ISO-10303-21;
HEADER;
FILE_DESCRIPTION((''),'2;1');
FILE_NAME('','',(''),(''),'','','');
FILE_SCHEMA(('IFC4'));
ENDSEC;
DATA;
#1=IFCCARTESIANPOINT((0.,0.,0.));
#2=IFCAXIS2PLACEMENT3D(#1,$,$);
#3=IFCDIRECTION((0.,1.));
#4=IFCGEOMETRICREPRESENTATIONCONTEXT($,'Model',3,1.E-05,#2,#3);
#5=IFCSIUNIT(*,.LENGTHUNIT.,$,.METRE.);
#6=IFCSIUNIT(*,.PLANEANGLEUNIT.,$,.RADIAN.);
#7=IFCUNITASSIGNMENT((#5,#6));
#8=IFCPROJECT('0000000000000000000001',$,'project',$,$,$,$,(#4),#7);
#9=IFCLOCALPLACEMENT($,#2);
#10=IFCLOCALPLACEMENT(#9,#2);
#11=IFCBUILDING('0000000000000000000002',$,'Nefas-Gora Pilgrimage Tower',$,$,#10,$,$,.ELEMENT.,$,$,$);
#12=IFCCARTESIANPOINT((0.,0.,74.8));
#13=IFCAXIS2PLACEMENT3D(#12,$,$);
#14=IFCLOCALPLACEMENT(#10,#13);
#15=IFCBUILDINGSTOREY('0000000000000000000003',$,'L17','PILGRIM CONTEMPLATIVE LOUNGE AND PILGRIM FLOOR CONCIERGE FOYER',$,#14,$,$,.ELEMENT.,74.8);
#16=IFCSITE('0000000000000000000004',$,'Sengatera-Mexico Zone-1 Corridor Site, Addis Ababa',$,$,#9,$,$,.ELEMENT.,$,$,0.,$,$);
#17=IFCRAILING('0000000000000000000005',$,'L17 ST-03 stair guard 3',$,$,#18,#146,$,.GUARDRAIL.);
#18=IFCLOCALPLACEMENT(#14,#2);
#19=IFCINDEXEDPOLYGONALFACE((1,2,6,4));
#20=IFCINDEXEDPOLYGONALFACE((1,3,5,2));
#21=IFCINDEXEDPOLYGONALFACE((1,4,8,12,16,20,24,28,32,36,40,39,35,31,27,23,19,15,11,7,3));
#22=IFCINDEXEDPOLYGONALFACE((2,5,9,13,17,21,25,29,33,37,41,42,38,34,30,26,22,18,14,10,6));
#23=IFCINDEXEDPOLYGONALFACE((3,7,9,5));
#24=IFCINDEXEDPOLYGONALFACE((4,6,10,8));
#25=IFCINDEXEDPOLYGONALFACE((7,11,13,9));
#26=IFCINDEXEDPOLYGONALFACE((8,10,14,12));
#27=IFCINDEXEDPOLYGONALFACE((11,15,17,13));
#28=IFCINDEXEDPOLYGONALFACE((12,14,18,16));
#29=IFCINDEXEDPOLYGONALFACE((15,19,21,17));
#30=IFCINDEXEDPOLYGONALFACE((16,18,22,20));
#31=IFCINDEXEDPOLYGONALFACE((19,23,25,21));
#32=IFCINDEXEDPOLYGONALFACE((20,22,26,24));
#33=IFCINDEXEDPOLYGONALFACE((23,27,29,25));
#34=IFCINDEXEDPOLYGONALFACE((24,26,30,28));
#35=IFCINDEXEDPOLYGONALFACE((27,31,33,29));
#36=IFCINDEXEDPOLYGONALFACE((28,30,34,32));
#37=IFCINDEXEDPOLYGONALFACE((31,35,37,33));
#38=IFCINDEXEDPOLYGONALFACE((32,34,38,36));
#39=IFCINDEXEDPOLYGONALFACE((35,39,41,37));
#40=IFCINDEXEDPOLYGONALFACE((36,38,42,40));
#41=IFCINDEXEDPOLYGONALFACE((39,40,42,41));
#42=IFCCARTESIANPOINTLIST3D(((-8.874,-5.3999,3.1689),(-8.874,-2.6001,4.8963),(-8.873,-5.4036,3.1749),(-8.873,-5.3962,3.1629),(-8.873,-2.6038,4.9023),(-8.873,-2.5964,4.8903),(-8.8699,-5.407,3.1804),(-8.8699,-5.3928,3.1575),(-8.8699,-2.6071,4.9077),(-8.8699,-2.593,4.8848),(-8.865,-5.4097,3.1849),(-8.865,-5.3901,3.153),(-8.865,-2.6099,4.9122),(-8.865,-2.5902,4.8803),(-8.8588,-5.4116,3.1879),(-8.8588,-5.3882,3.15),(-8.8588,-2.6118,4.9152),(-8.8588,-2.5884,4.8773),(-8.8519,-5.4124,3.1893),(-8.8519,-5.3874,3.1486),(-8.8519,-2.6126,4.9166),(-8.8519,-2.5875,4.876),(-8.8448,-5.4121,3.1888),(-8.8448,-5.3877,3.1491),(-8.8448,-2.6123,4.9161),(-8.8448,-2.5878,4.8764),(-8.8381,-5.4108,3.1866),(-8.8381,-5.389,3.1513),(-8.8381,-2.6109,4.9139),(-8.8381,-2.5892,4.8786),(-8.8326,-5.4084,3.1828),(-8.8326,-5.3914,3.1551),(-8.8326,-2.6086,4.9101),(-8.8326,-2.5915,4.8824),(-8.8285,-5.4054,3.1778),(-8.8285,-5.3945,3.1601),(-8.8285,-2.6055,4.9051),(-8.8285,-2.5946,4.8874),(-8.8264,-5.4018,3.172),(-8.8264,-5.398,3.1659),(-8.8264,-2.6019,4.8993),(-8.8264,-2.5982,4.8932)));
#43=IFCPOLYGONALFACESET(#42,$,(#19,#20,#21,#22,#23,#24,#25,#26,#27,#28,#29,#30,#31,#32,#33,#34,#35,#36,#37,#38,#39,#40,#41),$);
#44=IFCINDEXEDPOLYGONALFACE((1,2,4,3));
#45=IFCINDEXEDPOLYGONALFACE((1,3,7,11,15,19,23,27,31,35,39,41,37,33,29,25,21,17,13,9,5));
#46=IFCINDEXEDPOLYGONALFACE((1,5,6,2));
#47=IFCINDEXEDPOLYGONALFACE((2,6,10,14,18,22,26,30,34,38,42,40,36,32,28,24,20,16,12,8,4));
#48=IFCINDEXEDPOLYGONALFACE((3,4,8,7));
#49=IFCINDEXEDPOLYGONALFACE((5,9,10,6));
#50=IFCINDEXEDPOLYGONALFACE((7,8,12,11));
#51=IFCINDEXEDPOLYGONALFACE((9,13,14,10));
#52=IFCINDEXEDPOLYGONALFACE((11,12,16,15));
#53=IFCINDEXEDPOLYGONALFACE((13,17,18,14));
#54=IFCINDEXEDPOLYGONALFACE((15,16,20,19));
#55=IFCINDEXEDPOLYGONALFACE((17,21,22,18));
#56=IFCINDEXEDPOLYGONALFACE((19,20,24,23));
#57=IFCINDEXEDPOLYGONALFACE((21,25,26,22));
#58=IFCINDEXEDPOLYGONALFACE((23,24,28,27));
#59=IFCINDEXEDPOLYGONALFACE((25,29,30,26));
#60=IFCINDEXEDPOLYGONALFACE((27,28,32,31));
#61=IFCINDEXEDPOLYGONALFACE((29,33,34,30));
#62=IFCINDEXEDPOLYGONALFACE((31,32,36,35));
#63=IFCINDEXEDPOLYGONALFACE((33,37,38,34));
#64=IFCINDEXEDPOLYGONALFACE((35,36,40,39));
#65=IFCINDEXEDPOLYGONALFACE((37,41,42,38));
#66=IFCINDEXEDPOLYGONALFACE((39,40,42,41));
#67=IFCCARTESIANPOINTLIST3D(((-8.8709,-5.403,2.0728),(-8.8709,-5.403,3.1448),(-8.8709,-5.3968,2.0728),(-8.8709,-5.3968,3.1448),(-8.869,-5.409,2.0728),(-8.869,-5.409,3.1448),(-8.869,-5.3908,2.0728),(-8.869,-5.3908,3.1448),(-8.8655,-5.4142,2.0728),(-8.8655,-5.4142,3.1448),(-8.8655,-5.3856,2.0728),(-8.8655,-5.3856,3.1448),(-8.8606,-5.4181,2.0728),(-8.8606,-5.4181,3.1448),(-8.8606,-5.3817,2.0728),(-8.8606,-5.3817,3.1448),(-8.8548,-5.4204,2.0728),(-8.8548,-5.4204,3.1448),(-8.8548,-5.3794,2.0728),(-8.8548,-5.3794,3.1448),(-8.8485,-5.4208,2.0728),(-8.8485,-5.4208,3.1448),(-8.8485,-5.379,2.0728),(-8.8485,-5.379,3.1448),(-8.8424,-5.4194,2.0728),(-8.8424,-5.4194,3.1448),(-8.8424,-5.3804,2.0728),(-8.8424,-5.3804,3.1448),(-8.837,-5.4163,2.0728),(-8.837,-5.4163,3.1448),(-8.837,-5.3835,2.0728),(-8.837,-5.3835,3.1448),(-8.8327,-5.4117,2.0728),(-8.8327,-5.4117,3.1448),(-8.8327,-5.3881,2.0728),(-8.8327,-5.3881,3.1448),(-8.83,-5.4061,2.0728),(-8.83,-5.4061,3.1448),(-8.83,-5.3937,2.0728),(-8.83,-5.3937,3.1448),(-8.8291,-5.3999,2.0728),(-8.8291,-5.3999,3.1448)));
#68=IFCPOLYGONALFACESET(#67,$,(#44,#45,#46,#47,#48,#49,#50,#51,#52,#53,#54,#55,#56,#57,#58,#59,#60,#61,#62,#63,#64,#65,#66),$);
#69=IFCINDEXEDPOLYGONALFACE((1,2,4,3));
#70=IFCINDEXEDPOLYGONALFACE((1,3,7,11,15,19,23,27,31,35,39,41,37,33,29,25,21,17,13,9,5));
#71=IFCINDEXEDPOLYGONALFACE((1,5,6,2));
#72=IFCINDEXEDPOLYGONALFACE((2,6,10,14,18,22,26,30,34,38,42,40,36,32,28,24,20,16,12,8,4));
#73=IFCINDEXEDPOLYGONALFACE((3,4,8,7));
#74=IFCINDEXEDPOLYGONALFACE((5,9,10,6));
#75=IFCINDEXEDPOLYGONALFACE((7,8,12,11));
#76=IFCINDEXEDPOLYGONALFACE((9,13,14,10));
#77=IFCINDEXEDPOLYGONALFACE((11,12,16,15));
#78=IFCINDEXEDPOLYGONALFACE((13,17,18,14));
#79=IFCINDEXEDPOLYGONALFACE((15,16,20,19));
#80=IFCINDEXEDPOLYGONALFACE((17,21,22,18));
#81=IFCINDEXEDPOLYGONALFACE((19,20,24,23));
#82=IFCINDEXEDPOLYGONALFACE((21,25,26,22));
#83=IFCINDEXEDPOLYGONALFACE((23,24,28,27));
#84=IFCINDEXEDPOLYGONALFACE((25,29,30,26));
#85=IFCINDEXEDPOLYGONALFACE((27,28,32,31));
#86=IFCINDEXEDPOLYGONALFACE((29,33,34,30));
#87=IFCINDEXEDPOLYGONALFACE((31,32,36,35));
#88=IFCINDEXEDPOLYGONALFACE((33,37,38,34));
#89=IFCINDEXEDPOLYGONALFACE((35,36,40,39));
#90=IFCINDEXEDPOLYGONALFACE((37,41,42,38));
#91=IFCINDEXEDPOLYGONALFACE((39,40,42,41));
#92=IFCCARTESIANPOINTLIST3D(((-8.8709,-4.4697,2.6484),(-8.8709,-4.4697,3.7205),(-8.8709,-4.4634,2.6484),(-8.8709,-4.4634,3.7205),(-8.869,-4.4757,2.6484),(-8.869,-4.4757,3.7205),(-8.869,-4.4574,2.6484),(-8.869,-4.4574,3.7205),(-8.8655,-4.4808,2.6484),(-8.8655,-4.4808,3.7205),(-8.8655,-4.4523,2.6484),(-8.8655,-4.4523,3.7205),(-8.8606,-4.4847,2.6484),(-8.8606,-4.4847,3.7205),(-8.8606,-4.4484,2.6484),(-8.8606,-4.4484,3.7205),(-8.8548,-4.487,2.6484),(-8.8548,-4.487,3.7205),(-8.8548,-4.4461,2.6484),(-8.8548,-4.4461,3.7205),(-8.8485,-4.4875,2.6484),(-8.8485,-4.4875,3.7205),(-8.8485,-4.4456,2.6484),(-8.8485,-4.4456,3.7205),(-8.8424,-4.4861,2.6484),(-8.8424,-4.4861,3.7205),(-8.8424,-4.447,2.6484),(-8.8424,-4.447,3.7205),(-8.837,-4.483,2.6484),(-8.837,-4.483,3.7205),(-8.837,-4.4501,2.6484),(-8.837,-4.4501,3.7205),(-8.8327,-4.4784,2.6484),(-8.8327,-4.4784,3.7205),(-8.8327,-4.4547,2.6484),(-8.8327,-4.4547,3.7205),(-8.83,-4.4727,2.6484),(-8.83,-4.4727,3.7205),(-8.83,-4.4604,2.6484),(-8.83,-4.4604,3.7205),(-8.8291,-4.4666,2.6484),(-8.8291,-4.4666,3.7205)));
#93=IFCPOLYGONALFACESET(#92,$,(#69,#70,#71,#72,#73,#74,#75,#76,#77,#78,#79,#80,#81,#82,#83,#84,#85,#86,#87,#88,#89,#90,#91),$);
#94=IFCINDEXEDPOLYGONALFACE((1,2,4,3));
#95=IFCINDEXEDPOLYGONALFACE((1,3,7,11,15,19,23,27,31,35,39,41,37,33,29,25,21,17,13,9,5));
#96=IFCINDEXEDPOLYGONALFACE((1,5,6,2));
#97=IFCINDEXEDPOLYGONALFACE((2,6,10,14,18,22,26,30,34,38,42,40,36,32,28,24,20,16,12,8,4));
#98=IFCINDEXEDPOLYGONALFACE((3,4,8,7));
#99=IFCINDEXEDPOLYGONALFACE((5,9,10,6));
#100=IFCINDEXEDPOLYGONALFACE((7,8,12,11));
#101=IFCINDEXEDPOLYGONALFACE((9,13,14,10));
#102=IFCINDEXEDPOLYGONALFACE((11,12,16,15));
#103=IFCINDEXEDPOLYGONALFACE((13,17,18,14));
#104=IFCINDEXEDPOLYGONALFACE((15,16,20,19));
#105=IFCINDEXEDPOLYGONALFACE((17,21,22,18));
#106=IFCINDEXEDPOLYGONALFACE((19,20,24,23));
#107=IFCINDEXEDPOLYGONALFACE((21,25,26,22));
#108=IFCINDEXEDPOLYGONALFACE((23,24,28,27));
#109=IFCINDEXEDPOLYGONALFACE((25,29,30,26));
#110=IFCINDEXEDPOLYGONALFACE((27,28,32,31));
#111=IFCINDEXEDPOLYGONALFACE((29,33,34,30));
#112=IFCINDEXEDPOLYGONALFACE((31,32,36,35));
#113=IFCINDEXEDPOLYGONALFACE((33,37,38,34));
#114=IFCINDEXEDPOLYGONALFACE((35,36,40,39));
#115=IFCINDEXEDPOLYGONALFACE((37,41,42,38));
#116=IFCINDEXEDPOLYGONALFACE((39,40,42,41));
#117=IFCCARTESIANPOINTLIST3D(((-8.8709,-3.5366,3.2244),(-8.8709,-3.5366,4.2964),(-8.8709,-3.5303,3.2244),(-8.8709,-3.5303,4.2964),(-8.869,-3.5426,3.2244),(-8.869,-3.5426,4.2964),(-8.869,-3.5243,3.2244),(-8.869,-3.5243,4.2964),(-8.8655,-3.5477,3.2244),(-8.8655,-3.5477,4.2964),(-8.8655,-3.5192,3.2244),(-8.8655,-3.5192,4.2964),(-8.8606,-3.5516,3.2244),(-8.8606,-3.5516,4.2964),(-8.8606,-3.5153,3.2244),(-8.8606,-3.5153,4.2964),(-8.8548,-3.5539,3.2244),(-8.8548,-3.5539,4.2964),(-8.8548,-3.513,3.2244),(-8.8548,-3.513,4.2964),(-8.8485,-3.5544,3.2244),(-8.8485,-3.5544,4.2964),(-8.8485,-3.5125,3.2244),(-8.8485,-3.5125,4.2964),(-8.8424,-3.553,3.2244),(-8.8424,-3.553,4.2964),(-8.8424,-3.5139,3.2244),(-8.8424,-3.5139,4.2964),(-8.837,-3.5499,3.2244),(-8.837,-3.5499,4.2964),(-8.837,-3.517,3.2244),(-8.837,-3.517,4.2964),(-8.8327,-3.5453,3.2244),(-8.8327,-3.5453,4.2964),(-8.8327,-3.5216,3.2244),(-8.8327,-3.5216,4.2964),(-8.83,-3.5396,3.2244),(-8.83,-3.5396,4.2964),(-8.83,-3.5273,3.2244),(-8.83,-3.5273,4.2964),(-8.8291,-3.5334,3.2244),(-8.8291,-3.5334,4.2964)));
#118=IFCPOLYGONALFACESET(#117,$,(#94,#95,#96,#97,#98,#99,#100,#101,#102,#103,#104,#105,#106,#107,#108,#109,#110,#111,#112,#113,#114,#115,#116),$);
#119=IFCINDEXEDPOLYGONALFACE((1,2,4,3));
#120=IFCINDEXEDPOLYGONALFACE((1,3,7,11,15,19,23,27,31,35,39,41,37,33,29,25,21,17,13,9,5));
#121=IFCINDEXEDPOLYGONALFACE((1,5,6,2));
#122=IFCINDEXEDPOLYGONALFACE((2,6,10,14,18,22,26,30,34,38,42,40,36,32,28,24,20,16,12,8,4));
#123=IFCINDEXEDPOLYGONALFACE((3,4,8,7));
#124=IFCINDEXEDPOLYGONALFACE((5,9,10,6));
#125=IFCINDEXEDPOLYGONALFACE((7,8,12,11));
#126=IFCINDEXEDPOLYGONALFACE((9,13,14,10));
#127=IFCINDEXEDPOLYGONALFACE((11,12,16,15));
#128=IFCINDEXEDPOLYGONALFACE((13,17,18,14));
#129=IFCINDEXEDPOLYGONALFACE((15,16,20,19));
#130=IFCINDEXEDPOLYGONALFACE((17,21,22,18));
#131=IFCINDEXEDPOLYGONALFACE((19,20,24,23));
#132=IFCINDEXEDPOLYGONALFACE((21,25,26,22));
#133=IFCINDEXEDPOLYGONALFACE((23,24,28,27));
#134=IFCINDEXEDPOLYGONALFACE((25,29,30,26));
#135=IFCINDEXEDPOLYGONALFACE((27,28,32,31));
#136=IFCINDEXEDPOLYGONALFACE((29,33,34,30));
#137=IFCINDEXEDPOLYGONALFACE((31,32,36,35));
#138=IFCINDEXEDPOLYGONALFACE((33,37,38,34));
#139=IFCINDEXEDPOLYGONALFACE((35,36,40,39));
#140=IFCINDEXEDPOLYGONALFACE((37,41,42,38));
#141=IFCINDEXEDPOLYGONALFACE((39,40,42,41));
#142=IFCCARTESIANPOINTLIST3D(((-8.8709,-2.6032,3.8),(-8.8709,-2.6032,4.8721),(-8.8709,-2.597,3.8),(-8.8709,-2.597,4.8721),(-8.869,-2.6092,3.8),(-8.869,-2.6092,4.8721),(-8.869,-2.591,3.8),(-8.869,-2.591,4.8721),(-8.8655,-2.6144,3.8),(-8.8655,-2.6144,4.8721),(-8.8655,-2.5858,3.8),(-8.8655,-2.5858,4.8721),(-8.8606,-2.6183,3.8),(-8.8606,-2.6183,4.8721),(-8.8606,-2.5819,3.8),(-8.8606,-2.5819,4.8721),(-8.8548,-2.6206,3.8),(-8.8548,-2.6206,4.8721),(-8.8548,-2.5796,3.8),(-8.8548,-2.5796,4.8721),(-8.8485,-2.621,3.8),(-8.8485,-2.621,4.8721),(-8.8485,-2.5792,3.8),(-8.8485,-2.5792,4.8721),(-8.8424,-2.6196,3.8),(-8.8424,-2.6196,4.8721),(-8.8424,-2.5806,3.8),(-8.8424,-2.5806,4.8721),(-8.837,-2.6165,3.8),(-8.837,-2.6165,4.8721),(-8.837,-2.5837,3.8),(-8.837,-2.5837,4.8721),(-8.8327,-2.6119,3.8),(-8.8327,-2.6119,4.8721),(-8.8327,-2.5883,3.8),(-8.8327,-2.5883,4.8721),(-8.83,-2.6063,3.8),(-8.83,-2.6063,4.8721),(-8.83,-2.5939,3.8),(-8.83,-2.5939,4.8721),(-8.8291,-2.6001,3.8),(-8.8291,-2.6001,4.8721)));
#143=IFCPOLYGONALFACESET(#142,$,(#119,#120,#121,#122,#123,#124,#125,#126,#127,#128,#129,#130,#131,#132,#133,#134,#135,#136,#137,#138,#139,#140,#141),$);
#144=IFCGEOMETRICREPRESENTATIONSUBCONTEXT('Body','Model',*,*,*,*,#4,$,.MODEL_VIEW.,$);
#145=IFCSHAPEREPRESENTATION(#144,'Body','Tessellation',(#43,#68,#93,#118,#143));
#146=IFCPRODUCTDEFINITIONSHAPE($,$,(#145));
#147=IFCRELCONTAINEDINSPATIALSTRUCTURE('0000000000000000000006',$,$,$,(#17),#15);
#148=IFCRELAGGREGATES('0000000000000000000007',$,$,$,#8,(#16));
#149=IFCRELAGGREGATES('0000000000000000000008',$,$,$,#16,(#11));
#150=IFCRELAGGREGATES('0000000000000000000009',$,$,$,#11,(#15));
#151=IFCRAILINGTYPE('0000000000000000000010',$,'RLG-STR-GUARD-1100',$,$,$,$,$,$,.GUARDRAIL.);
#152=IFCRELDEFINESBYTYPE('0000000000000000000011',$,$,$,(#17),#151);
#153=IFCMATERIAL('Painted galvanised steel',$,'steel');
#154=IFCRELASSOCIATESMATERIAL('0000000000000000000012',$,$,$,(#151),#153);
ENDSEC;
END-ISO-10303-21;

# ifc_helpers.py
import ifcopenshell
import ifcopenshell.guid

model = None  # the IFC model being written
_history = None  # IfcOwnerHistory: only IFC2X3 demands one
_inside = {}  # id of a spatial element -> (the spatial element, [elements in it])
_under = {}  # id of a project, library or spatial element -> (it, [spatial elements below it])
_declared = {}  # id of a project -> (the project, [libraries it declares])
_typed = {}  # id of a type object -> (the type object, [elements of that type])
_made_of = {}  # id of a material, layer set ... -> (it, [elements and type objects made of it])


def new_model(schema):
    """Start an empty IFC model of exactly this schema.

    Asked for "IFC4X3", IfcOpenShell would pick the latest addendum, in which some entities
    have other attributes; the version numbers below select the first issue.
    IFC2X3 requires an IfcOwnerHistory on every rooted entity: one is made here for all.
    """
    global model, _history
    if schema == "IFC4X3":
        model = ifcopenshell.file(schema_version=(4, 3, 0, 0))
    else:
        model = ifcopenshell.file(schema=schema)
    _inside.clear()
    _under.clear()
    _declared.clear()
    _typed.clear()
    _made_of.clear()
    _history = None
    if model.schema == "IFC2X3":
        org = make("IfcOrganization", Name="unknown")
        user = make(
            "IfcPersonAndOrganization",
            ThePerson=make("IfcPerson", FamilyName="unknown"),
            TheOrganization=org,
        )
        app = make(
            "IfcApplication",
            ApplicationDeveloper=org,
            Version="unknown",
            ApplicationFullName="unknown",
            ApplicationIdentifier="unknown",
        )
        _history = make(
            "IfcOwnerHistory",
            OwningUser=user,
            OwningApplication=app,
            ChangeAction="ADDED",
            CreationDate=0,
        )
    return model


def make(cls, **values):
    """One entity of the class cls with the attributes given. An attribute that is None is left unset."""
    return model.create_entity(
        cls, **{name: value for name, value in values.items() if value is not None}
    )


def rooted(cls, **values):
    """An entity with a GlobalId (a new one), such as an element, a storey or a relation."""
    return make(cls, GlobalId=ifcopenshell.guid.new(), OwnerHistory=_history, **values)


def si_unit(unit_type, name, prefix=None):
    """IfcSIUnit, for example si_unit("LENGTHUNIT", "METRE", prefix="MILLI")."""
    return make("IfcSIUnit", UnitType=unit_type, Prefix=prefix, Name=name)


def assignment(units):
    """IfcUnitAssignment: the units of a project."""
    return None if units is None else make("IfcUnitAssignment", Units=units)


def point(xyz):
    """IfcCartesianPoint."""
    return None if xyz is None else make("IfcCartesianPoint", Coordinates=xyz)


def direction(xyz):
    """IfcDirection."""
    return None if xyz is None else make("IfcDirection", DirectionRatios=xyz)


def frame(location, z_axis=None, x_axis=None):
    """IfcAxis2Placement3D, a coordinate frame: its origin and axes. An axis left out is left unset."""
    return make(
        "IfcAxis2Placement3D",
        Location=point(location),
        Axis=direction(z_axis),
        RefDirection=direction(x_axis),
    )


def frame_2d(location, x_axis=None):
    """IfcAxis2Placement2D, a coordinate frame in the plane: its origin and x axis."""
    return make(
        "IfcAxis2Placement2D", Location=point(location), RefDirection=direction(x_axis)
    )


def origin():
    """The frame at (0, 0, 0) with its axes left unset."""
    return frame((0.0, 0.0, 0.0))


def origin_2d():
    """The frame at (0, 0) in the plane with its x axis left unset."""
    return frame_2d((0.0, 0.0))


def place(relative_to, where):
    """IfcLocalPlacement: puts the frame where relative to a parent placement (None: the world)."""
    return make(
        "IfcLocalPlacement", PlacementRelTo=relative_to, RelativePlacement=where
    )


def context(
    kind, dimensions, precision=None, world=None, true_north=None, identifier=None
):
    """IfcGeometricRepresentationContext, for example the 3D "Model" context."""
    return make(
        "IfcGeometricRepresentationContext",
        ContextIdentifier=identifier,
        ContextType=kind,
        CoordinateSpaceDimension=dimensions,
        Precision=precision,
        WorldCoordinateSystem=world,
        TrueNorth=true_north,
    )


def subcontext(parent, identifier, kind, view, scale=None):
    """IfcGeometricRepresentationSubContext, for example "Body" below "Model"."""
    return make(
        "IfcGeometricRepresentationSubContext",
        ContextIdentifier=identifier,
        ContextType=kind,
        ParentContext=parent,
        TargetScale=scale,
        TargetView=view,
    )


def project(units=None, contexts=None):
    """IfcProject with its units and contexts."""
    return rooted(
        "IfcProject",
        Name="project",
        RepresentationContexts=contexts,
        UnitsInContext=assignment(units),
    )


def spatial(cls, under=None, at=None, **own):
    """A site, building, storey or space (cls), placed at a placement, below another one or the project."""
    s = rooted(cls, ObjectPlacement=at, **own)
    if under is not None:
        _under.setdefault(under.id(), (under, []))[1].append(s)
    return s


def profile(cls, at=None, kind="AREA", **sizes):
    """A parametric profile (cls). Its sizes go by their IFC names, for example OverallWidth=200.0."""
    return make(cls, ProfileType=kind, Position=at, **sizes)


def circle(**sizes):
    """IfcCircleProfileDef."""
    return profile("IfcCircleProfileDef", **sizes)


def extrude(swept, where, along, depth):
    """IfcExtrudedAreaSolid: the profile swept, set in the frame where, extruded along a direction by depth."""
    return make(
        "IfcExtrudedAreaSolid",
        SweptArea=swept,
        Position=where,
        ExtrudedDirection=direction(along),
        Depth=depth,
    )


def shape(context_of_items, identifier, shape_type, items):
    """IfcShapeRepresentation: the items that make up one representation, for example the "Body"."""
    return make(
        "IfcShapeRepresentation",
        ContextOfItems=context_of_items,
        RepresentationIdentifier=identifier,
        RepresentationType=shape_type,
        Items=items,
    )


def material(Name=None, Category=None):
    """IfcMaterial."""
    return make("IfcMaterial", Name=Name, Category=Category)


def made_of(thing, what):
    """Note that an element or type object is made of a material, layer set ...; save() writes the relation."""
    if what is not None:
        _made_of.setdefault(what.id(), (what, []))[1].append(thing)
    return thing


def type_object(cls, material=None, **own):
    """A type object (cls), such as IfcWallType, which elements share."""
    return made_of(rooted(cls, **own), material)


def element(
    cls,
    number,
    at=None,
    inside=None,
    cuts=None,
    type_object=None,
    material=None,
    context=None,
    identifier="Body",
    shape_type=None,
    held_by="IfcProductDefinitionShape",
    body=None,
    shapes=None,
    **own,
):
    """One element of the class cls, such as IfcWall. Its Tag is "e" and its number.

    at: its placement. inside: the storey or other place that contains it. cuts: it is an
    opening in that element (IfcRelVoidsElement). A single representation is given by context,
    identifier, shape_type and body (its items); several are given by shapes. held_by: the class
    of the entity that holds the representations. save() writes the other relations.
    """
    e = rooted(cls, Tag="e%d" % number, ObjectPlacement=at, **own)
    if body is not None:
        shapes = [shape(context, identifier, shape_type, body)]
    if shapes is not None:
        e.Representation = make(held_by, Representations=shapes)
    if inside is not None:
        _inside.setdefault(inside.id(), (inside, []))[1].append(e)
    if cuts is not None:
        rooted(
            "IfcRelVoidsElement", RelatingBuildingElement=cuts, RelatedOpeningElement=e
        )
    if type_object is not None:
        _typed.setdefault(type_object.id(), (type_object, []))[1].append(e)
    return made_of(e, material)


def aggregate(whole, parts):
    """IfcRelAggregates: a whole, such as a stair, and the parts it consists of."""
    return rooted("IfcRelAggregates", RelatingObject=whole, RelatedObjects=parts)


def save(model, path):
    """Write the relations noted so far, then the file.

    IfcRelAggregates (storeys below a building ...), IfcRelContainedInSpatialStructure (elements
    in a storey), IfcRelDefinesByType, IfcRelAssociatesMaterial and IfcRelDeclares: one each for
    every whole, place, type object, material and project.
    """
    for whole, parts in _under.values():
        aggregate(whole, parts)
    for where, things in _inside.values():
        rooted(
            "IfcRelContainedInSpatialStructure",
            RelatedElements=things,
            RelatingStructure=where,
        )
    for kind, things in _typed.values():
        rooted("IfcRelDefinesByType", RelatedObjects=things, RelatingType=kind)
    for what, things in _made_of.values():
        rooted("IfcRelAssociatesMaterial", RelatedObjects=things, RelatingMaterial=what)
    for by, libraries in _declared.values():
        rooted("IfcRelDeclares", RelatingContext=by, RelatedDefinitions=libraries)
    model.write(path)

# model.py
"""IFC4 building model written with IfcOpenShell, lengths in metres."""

from ifc_helpers import new_model, si_unit, direction, frame, origin, origin_2d, place, context, subcontext, project, spatial, circle, extrude, material, type_object, element, save


model = new_model("IFC4")

# Units and contexts
model_context = context("Model", 3, precision=1e-05, world=origin(), true_north=direction((0.0, 1.0)))
body_context = subcontext(model_context, "Body", "Model", "MODEL_VIEW")
ifc_project = project(units=[si_unit("LENGTHUNIT", "METRE"), si_unit("PLANEANGLEUNIT", "RADIAN")], contexts=[model_context])

# Site, building, storey
site_placement = place(None, origin())
site = spatial("IfcSite", under=ifc_project, at=site_placement, Name="Sengatera-Mexico Zone-1 Corridor Site, Addis Ababa", CompositionType="ELEMENT", RefElevation=0.0)
building_placement = place(site_placement, origin())
building = spatial("IfcBuilding", under=site, at=building_placement, Name="Nefas-Gora Pilgrimage Tower", CompositionType="ELEMENT")
storey_placement = place(building_placement, frame((0.0, 0.0, 74.8)))
storey = spatial("IfcBuildingStorey", under=building, at=storey_placement, Name="L17", Description="PILGRIM CONTEMPLATIVE LOUNGE AND PILGRIM FLOOR CONCIERGE FOYER", CompositionType="ELEMENT", Elevation=74.8)

# Railing
ifc_material_1 = material(Name="Painted galvanised steel", Category="steel")
railing_type_1 = type_object("IfcRailingType", Name="RLG-STR-GUARD-1100", PredefinedType="GUARDRAIL", material=ifc_material_1)
railing_1_placement = place(storey_placement, frame((-8.8501, -5.3999, 2.0728)))
element("IfcRailing", 1, at=railing_1_placement, inside=storey, type_object=railing_type_1, Name="L17 ST-03 stair guard 3", PredefinedType="GUARDRAIL", context=body_context, shape_type="SweptSolid", body=[
    extrude(circle(Radius=0.0239, at=origin_2d()), frame((0.0, 0.0, 1.0962), z_axis=(0.0, 0.851069, 0.525054), x_axis=(-1.0, 0.0, 0.0)), (0.0, 0.0, 1.0), 3.2898),
    extrude(circle(Radius=0.021, at=origin_2d()), origin(), (0.0, 0.0, 1.0), 1.072),
    extrude(circle(Radius=0.021, at=origin_2d()), frame((0.0, 0.9333, 0.5757)), (0.0, 0.0, 1.0), 1.072),
    extrude(circle(Radius=0.021, at=origin_2d()), frame((0.0, 1.8665, 1.1516)), (0.0, 0.0, 1.0), 1.072),
    extrude(circle(Radius=0.021, at=origin_2d()), frame((0.0, 2.7998, 1.7273)), (0.0, 0.0, 1.0), 1.072),
])

save(model, "model.ifc")
